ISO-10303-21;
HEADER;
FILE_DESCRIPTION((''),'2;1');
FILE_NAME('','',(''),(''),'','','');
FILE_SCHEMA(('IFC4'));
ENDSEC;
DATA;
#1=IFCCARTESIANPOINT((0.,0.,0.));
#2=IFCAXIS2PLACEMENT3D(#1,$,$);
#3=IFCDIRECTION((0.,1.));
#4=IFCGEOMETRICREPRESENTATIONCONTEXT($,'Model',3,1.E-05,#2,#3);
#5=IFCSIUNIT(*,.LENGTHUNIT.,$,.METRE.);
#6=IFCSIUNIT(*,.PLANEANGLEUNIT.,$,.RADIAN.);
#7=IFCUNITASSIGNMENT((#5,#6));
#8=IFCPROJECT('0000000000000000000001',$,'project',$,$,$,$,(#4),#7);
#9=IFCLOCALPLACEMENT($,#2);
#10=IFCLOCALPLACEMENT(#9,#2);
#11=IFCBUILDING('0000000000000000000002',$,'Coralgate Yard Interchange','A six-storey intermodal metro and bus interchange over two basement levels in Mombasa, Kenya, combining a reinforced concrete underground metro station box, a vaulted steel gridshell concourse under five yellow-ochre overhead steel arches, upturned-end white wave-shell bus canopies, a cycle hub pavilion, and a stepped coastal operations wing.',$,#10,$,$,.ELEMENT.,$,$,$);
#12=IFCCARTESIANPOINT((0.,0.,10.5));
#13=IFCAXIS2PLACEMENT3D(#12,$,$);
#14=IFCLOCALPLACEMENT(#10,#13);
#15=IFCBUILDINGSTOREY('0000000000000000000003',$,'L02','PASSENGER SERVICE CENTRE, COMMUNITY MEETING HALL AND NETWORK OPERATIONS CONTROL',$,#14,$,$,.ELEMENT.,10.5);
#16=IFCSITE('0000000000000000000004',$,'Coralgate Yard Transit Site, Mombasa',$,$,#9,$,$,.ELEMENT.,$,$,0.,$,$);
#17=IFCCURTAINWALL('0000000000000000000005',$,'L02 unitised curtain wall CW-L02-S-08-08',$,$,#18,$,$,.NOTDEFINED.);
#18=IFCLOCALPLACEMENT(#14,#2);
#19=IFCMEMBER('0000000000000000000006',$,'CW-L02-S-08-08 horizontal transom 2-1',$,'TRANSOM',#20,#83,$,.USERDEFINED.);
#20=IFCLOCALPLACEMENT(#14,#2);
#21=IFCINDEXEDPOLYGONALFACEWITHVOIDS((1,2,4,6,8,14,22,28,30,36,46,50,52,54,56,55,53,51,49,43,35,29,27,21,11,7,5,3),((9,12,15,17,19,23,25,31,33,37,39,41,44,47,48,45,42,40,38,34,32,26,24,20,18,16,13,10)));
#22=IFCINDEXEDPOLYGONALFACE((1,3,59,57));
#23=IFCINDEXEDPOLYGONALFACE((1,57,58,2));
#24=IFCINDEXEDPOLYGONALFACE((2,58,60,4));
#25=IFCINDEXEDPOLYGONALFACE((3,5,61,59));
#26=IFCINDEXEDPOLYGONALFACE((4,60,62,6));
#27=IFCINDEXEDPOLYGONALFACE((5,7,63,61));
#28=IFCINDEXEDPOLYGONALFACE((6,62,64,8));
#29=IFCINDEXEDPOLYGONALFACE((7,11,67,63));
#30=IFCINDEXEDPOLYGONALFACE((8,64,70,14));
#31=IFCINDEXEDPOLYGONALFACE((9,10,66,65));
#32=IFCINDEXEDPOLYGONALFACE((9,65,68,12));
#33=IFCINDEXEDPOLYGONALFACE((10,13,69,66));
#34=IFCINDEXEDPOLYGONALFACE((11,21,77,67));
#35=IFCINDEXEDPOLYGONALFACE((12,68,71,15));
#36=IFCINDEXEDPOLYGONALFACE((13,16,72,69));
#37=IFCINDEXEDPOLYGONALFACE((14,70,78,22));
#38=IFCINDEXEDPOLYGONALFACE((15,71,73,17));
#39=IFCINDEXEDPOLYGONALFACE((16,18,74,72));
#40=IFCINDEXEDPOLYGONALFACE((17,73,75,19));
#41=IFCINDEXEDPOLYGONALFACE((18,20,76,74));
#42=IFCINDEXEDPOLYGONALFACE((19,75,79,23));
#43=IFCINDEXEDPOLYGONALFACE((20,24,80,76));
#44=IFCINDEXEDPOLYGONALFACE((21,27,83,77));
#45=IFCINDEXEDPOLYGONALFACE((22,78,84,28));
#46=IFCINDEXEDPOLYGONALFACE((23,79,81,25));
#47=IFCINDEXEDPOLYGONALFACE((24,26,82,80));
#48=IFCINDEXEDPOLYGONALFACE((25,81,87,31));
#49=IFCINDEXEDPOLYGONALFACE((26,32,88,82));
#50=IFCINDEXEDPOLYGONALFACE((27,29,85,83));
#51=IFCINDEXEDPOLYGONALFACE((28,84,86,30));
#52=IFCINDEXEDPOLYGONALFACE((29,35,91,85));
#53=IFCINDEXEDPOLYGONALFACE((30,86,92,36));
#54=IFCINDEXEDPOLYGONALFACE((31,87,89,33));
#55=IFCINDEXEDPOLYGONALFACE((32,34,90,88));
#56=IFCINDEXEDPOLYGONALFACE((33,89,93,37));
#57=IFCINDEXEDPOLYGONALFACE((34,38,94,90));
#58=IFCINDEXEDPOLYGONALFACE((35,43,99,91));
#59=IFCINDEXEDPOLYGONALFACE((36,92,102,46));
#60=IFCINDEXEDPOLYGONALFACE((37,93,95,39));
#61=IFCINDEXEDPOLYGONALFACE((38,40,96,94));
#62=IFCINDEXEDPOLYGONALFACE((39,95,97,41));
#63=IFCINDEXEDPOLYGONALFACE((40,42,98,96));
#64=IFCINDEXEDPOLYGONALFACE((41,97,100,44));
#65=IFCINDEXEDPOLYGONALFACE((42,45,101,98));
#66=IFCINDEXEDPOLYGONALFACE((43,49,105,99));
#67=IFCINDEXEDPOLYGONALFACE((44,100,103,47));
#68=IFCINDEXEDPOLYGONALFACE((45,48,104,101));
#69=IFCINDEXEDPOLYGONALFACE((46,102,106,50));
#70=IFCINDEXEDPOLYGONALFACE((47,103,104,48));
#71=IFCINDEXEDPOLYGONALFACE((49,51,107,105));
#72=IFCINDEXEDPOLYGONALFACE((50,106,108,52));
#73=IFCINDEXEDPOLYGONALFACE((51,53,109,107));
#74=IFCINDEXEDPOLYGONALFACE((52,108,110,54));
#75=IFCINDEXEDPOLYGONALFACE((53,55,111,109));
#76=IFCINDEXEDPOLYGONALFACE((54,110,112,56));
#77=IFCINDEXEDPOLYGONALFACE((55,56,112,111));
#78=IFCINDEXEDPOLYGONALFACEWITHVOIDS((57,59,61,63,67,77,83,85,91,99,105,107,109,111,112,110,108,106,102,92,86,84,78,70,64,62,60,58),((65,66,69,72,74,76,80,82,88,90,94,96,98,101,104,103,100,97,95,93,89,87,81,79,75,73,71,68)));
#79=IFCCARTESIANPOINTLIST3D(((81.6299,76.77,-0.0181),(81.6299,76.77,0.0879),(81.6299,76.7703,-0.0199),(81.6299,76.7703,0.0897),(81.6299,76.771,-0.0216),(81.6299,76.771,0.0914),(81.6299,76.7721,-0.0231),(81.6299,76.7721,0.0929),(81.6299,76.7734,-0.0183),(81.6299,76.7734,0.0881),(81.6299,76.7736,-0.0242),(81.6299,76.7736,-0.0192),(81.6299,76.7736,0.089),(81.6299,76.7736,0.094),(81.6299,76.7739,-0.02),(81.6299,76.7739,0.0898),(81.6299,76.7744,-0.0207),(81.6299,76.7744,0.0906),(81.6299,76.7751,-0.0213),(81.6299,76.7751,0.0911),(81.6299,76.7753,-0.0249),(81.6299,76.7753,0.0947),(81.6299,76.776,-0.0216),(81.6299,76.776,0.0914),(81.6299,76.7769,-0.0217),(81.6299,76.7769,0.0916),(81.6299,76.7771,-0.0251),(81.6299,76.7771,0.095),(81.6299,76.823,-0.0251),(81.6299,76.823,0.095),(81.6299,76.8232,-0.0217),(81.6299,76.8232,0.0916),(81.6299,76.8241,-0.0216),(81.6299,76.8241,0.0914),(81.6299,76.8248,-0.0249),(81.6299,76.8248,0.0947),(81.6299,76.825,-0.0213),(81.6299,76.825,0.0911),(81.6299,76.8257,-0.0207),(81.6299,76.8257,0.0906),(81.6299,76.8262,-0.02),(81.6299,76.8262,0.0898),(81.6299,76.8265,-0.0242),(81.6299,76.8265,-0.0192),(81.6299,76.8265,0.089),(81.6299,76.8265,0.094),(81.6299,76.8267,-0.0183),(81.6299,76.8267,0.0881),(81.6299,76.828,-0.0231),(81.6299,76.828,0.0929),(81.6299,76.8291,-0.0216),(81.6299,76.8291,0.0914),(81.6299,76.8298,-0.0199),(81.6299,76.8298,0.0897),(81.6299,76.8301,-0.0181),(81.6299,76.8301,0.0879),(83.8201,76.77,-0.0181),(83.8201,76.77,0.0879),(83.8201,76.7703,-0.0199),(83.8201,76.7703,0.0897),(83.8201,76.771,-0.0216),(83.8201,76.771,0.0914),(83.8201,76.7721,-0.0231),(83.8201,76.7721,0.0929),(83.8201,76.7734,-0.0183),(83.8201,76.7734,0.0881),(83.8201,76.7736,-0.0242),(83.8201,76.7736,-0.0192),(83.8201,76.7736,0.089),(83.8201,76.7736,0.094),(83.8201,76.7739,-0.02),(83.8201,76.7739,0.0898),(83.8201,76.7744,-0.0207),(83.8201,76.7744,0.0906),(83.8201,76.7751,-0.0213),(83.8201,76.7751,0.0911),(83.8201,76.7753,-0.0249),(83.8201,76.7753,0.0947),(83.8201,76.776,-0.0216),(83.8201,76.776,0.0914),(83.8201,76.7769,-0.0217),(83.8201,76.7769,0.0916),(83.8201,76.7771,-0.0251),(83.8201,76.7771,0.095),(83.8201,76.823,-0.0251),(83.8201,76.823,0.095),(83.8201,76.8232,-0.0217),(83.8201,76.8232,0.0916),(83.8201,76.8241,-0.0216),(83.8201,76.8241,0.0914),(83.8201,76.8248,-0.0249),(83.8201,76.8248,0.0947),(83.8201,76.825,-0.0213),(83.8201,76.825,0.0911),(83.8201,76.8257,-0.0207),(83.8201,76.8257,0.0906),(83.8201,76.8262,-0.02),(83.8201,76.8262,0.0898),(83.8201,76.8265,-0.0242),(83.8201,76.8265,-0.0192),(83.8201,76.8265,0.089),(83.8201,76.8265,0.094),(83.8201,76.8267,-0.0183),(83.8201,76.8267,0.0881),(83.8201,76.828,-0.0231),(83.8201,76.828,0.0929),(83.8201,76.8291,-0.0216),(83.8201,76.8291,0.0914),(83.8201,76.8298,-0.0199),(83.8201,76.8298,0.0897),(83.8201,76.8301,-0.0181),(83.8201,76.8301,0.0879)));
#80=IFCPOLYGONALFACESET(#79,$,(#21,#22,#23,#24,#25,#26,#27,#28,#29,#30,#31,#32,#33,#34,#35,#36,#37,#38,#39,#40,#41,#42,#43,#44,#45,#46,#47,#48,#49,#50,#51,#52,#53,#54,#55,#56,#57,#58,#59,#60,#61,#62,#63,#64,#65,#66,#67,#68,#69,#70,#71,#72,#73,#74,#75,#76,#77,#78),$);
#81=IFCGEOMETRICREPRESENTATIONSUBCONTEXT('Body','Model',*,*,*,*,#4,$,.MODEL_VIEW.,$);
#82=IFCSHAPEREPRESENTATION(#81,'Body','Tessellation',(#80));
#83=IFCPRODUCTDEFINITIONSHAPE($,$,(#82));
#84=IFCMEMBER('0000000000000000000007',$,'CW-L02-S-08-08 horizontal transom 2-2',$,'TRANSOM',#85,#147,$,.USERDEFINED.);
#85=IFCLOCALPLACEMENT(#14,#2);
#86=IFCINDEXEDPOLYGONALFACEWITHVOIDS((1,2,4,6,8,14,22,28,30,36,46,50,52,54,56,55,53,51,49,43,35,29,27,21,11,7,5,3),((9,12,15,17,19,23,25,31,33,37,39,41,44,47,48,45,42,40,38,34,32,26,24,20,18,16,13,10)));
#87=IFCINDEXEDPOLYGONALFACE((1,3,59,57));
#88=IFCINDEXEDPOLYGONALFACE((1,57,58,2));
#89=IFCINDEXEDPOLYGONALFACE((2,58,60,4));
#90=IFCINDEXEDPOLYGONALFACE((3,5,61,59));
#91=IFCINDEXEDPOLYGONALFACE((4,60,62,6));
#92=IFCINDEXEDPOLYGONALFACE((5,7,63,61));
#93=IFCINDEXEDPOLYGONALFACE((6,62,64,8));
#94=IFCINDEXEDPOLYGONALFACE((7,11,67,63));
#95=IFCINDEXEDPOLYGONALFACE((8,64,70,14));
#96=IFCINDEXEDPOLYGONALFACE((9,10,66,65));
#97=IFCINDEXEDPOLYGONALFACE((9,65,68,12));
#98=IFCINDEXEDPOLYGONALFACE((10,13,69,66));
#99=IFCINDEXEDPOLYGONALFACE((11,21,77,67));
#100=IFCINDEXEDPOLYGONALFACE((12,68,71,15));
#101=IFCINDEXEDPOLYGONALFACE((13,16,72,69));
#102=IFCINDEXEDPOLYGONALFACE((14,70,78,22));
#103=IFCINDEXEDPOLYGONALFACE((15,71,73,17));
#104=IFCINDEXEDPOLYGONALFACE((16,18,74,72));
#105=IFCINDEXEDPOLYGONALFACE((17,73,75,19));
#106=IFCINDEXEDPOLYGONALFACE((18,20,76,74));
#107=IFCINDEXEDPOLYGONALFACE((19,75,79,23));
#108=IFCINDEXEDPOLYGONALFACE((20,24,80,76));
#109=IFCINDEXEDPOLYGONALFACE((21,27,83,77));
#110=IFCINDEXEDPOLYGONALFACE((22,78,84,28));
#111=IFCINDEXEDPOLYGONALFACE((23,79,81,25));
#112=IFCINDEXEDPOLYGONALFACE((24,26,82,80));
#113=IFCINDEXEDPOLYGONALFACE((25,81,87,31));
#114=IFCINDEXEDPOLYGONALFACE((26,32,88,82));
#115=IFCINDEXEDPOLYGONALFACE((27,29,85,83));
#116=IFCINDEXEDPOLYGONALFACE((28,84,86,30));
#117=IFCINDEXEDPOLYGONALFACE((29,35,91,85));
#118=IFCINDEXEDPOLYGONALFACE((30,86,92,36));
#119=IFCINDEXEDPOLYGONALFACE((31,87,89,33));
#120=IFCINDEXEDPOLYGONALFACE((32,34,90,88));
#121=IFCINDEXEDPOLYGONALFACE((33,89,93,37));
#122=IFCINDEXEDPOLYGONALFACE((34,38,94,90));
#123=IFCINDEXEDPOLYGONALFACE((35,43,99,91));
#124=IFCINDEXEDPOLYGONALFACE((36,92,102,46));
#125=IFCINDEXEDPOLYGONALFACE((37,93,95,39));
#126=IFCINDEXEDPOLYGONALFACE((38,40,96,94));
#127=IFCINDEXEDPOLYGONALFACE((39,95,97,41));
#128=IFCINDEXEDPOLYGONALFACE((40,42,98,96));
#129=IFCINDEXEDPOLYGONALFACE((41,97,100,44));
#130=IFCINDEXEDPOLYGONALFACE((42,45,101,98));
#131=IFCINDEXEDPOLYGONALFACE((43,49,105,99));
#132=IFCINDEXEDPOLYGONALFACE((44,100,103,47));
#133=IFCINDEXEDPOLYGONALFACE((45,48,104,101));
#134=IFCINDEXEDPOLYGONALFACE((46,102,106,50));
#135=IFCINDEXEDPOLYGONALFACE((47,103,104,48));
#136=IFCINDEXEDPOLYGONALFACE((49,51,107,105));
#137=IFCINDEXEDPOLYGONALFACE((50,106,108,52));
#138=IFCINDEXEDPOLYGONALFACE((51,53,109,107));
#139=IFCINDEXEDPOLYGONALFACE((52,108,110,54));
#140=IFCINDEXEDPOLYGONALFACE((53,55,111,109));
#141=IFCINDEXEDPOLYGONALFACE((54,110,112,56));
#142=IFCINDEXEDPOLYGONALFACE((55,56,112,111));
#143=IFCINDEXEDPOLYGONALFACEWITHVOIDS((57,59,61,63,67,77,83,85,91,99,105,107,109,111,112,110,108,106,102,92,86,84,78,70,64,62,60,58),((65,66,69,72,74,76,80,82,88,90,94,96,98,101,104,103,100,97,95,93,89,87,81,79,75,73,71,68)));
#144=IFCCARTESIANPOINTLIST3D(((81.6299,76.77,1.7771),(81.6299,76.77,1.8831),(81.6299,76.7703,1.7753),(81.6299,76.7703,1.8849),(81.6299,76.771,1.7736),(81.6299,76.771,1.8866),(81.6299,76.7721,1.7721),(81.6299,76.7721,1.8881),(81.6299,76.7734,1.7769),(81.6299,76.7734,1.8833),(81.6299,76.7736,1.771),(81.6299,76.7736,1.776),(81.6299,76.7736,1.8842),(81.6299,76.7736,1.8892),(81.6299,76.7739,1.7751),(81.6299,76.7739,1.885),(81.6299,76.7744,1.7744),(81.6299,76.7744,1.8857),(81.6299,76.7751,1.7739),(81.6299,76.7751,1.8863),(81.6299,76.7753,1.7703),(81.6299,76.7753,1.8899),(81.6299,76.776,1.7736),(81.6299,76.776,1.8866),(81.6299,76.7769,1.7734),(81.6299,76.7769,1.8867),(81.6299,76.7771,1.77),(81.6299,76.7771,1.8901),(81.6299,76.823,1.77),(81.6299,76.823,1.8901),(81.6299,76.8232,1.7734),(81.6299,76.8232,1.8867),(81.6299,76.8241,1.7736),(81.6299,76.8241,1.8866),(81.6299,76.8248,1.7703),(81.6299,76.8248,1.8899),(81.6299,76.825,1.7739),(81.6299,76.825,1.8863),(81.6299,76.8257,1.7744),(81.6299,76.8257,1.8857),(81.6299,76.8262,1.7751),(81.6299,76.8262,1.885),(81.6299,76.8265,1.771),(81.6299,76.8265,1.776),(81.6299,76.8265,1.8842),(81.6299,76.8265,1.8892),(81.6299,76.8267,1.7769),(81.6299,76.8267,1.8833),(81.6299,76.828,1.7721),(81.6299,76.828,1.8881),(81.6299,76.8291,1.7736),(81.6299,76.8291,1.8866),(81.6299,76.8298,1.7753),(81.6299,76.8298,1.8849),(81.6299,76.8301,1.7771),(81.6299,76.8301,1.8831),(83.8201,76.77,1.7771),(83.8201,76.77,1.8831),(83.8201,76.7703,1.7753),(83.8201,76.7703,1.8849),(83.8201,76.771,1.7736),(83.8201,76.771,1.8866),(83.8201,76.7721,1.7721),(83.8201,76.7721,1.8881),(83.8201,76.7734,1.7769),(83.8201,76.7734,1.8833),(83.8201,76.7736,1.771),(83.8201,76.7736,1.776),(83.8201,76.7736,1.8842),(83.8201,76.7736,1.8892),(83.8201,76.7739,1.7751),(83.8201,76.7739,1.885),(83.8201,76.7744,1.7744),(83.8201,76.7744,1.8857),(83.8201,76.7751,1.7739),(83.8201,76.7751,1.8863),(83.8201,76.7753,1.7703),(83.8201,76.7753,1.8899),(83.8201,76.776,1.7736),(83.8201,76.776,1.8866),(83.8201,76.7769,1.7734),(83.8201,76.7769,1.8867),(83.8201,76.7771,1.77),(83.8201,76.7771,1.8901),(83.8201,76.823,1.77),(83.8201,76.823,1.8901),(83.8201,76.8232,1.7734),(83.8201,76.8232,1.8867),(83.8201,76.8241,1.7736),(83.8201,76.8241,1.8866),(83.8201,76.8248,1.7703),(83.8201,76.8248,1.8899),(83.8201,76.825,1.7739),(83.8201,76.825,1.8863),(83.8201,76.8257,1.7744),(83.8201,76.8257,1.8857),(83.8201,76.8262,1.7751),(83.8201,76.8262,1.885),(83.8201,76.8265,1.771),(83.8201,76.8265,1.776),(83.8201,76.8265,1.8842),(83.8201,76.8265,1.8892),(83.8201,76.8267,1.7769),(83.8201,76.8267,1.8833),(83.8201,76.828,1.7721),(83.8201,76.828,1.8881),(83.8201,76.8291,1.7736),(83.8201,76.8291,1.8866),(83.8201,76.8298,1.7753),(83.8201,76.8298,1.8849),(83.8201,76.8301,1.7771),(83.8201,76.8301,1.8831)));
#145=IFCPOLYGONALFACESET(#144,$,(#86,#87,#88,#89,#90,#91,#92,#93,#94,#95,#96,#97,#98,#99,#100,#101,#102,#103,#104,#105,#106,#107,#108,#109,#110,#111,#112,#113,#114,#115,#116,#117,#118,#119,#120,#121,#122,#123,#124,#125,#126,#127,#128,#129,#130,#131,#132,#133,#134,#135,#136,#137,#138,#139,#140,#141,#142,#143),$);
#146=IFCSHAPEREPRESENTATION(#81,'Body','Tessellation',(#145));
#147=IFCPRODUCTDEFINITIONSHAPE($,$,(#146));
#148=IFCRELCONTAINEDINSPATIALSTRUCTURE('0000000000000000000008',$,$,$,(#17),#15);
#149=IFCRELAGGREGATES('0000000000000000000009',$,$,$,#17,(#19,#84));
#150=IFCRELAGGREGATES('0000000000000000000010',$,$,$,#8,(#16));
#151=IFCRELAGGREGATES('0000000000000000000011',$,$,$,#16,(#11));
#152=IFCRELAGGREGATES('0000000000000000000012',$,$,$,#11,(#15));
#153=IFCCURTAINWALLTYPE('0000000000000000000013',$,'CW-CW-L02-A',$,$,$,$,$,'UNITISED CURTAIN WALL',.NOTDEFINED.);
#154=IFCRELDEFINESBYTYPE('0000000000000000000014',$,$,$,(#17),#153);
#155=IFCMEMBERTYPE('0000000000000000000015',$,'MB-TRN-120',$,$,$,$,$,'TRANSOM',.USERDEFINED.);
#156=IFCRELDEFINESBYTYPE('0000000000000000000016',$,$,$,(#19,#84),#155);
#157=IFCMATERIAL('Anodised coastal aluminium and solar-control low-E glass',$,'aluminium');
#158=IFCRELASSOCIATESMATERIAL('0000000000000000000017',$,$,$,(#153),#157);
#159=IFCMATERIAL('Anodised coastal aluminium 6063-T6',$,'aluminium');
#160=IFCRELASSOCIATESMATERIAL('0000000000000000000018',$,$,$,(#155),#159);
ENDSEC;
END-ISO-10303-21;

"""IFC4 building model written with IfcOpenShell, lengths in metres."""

from ifc_helpers import new_model, si_unit, direction, frame, origin, origin_2d, place, context, subcontext, project, spatial, hollow_rectangle, extrude, material, material_profile, profile_set, type_object, element, aggregate, save


model = new_model("IFC4")

# Units and contexts
model_context = context("Model", 3, precision=1e-05, world=origin(), true_north=direction((0.0, 1.0)))
body_context = subcontext(model_context, "Body", "Model", "MODEL_VIEW")
ifc_project = project(units=[si_unit("LENGTHUNIT", "METRE"), si_unit("PLANEANGLEUNIT", "RADIAN")], contexts=[model_context])

# Site, building, storey
site_placement = place(None, origin())
site = spatial("IfcSite", under=ifc_project, at=site_placement, Name="Coralgate Yard Transit Site, Mombasa", CompositionType="ELEMENT", RefElevation=0.0)
building_placement = place(site_placement, origin())
building = spatial("IfcBuilding", under=site, at=building_placement, Name="Coralgate Yard Interchange", Description="A six-storey intermodal metro and bus interchange over two basement levels in Mombasa, Kenya, combining a reinforced concrete underground metro station box, a vaulted steel gridshell concourse under five yellow-ochre overhead steel arches, upturned-end white wave-shell bus canopies, a cycle hub pavilion, and a stepped coastal operations wing.", CompositionType="ELEMENT")
storey_placement = place(building_placement, frame((0.0, 0.0, 10.5)))
storey = spatial("IfcBuildingStorey", under=building, at=storey_placement, Name="L02", Description="PASSENGER SERVICE CENTRE, COMMUNITY MEETING HALL AND NETWORK OPERATIONS CONTROL", CompositionType="ELEMENT", Elevation=10.5)

# Curtain wall
ifc_material_1 = material(Name="Anodised coastal aluminium and solar-control low-E glass", Category="aluminium")
curtain_wall_type = type_object("IfcCurtainWallType", Name="CW-CW-L02-A", ElementType="UNITISED CURTAIN WALL", PredefinedType="NOTDEFINED", material=ifc_material_1)
curtain_wall_1_placement = place(storey_placement, origin())
curtain_wall_1 = element("IfcCurtainWall", 1, at=curtain_wall_1_placement, inside=storey, type_object=curtain_wall_type, Name="L02 unitised curtain wall CW-L02-S-08-08", PredefinedType="NOTDEFINED")
ifc_material_2 = material(Name="Anodised coastal aluminium 6063-T6", Category="aluminium")

# Members
ifc_material_profile_1 = material_profile(ifc_material_2, hollow_rectangle(XDim=0.0601, YDim=0.1201, WallThickness=0.0034, InnerFilletRadius=0.0034, OuterFilletRadius=0.0071, at=origin_2d()), Name="ALU 60x120x3.5")
ifc_profile_set_1 = profile_set([ifc_material_profile_1], Name="Anodised coastal aluminium 6063-T6")
member_type_1 = type_object("IfcMemberType", Name="MB-TRN-120", ElementType="TRANSOM", PredefinedType="USERDEFINED", material=ifc_profile_set_1)
member_1_placement = place(storey_placement, frame((83.8201, 76.8, 0.0349), z_axis=(-1.0, 0.0, 0.0), x_axis=(0.0, -1.0, 0.0)))
member_1 = element("IfcMember", 2, at=member_1_placement, type_object=member_type_1, Name="CW-L02-S-08-08 horizontal transom 2-1", ObjectType="TRANSOM", PredefinedType="USERDEFINED", context=body_context, shape_type="SweptSolid", body=[
    extrude(hollow_rectangle(XDim=0.0601, YDim=0.1201, WallThickness=0.0034, InnerFilletRadius=0.0034, OuterFilletRadius=0.0071, at=origin_2d()), origin(), (0.0, 0.0, 1.0), 2.1902),
])
member_2_placement = place(storey_placement, frame((83.8201, 76.8, 1.8301), z_axis=(-1.0, 0.0, 0.0), x_axis=(0.0, -1.0, 0.0)))
member_2 = element("IfcMember", 3, at=member_2_placement, type_object=member_type_1, Name="CW-L02-S-08-08 horizontal transom 2-2", ObjectType="TRANSOM", PredefinedType="USERDEFINED", context=body_context, shape_type="SweptSolid", body=[
    extrude(hollow_rectangle(XDim=0.0601, YDim=0.1201, WallThickness=0.0034, InnerFilletRadius=0.0034, OuterFilletRadius=0.0071, at=origin_2d()), origin(), (0.0, 0.0, 1.0), 2.1902),
])

aggregate(curtain_wall_1, [member_1, member_2])

save(model, "model.ifc")
